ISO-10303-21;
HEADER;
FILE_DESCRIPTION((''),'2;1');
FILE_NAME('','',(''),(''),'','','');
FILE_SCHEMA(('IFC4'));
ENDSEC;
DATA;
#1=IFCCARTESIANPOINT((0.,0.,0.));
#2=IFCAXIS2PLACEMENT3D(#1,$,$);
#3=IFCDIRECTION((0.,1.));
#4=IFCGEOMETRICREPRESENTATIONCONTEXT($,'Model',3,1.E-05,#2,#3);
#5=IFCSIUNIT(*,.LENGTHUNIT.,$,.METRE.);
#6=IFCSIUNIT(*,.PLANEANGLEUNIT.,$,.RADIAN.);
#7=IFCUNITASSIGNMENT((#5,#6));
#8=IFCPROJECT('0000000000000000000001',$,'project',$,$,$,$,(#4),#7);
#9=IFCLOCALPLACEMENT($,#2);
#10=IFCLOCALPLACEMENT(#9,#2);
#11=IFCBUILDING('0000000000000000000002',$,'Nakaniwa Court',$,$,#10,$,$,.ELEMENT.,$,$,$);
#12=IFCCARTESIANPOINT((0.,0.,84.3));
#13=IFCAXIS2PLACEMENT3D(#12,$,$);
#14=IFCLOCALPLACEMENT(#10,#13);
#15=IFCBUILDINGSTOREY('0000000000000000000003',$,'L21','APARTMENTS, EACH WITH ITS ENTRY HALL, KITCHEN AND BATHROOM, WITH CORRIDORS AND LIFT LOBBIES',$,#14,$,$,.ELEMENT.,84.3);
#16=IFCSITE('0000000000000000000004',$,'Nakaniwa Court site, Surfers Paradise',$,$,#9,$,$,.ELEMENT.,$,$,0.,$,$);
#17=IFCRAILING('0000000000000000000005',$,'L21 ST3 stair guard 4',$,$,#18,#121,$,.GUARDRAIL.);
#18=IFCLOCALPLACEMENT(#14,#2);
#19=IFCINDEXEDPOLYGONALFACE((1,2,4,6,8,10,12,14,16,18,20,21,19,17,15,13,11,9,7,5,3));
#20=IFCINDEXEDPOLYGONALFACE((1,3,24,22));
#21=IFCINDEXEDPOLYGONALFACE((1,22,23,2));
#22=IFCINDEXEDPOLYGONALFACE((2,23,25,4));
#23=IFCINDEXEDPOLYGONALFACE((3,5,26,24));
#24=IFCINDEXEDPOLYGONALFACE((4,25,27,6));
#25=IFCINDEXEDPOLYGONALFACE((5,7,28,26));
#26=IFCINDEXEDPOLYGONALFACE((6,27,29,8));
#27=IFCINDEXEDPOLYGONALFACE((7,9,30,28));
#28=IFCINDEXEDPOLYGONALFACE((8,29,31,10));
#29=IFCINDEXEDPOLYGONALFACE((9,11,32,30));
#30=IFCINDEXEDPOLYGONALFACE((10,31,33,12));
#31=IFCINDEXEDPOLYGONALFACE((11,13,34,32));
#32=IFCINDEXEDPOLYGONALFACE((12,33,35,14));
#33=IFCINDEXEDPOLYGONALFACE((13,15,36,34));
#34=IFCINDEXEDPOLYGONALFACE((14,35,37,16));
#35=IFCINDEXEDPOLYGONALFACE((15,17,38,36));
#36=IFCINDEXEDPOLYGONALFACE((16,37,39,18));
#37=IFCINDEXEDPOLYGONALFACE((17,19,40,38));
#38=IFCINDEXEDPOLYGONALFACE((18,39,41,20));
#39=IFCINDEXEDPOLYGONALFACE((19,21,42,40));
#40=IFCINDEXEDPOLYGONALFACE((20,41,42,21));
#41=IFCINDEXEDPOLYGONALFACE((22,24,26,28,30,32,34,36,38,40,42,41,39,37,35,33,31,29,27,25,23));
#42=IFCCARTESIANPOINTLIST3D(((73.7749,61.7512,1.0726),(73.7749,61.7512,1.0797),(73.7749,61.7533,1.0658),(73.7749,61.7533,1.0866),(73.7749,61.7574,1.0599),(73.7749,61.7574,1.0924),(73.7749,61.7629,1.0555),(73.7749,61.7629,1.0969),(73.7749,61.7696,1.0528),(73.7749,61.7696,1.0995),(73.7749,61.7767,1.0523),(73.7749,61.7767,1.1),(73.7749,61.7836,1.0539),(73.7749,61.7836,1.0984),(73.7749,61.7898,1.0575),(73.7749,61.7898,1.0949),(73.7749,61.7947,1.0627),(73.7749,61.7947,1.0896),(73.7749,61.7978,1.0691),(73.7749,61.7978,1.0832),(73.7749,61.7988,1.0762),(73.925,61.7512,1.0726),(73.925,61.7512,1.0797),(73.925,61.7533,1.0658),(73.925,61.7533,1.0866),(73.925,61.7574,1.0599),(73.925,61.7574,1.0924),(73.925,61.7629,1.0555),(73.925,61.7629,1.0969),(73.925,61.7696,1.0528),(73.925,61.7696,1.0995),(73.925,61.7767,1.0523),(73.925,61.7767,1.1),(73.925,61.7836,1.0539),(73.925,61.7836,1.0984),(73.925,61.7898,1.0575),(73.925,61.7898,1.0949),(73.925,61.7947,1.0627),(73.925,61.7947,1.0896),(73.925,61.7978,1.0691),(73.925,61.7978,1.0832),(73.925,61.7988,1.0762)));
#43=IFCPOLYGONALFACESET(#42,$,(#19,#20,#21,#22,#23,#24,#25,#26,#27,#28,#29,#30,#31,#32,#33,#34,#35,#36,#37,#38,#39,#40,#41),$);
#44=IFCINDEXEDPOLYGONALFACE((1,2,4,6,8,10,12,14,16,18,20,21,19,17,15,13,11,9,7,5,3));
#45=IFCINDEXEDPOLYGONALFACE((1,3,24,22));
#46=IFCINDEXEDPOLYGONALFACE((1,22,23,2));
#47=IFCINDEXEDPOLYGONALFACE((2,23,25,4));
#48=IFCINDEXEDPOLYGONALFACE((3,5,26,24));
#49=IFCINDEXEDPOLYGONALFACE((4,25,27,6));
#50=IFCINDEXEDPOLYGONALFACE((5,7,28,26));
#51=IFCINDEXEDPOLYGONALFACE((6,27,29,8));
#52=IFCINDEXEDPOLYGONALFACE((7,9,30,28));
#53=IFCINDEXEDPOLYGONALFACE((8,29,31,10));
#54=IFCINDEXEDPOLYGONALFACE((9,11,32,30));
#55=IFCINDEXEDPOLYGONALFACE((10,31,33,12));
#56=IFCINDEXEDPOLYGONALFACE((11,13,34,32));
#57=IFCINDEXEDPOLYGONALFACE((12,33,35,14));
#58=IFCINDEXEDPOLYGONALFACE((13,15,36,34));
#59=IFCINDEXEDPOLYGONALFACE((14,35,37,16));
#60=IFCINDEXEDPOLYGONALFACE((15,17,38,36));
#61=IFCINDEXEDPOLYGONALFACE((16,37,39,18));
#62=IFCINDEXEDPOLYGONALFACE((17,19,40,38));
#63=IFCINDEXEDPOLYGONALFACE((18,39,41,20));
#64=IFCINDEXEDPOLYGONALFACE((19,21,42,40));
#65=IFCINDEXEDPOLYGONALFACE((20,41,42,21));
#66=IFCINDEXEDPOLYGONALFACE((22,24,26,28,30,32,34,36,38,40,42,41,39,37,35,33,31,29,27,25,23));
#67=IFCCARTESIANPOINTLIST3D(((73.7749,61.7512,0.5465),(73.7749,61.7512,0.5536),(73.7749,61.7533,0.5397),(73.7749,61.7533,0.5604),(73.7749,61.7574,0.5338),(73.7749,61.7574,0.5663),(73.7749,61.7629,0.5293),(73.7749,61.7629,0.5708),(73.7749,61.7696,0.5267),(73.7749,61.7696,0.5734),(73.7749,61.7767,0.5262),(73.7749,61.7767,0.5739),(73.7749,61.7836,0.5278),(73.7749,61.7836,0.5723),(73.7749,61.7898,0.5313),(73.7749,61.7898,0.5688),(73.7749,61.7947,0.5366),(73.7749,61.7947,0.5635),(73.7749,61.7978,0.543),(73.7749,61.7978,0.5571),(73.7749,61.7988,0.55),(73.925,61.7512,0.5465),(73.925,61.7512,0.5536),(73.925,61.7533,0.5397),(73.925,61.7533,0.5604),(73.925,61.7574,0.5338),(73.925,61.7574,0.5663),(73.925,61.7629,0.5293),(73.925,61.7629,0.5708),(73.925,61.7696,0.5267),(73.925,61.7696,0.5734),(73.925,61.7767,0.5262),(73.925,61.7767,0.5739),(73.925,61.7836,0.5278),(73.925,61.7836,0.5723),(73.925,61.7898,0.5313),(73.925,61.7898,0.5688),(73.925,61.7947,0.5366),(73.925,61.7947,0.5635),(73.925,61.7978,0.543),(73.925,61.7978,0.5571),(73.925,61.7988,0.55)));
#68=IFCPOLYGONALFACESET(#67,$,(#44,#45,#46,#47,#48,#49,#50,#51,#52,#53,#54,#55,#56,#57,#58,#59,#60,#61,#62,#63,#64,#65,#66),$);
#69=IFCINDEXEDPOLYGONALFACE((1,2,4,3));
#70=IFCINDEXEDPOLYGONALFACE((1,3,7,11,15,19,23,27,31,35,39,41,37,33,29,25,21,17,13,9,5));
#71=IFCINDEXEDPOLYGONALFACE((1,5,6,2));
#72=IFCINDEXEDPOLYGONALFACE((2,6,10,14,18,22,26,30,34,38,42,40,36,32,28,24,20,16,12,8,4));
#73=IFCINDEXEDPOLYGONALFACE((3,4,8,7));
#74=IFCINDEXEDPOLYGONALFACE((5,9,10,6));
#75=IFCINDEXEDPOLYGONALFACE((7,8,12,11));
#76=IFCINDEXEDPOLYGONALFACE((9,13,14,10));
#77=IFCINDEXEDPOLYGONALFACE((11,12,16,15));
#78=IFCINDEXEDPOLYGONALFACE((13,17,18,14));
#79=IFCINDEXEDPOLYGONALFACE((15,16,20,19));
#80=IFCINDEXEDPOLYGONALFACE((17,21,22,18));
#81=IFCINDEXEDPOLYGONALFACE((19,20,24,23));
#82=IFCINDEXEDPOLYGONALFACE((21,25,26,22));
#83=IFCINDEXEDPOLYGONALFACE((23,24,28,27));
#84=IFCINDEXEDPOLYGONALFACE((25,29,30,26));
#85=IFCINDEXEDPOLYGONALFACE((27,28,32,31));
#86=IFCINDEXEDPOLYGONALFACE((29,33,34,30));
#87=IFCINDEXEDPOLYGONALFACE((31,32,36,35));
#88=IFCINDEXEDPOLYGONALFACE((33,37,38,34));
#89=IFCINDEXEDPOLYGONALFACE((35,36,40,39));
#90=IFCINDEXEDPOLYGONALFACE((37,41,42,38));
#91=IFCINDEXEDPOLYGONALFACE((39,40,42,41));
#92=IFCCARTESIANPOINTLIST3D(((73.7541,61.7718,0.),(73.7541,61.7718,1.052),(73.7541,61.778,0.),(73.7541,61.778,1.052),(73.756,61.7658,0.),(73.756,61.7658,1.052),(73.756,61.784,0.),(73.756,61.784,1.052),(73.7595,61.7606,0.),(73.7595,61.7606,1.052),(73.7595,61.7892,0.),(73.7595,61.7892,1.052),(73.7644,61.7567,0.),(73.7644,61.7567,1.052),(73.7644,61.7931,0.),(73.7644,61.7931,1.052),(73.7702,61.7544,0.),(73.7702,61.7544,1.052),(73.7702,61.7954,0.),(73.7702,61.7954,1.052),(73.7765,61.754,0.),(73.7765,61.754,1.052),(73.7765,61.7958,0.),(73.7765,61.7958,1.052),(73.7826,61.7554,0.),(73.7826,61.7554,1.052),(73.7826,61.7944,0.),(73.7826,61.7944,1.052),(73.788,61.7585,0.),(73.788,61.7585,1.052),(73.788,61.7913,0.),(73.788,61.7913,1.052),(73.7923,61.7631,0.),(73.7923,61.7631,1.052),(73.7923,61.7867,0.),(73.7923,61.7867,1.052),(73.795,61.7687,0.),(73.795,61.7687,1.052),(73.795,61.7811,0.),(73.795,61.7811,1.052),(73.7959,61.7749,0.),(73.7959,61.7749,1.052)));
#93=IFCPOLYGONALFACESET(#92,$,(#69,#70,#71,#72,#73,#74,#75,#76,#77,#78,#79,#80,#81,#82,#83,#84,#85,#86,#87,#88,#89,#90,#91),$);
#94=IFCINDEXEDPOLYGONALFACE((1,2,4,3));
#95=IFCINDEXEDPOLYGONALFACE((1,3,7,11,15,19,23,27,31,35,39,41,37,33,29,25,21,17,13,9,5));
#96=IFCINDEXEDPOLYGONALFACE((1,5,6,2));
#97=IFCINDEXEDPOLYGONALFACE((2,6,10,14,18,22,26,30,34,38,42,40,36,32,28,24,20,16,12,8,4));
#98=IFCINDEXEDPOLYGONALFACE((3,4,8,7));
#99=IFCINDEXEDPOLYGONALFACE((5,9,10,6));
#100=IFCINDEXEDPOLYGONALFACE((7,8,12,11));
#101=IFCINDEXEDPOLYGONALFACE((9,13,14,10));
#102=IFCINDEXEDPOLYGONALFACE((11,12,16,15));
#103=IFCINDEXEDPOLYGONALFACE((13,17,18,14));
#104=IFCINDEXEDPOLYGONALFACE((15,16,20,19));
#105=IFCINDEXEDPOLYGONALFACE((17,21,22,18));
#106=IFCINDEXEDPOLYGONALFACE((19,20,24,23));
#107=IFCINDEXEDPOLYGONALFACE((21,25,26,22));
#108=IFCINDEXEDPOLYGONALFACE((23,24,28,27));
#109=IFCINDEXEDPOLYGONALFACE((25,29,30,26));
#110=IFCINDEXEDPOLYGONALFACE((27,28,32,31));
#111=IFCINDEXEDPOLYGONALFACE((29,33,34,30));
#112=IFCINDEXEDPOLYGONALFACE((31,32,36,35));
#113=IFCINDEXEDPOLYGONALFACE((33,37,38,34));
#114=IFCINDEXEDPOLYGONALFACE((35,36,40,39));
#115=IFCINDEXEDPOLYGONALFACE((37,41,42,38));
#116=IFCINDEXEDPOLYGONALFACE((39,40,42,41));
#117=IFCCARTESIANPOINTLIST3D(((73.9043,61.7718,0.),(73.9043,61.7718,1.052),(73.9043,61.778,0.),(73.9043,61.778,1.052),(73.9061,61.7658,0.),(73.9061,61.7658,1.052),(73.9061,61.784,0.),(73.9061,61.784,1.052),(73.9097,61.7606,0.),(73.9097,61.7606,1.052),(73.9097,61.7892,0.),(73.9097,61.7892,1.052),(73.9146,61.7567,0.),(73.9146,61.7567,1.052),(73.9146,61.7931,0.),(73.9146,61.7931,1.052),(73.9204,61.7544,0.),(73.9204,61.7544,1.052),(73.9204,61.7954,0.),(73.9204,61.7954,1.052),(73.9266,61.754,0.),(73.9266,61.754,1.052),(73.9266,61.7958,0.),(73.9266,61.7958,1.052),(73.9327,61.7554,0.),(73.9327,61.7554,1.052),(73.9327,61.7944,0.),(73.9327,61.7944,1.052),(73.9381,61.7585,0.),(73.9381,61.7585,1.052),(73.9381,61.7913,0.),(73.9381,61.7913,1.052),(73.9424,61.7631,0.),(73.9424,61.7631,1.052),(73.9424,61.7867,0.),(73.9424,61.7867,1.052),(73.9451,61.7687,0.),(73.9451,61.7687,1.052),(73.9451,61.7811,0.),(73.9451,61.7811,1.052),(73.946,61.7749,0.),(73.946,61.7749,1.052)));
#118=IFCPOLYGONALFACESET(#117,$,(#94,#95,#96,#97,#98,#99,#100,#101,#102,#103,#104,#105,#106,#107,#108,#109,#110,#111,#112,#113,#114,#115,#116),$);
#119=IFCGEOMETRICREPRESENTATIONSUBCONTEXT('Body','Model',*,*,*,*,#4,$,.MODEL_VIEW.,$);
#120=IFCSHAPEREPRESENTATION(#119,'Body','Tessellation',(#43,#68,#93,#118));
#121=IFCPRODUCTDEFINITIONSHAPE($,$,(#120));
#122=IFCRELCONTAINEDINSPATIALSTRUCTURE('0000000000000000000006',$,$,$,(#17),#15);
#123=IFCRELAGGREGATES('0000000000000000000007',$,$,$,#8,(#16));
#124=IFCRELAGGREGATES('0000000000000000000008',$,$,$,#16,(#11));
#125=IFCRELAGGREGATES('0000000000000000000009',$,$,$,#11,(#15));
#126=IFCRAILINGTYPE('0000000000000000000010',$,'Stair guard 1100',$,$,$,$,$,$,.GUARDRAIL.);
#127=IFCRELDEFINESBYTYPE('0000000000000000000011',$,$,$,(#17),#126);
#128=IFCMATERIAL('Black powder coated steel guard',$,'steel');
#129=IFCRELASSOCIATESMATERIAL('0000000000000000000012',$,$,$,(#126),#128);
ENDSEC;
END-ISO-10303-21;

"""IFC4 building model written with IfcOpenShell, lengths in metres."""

from ifc_helpers import new_model, si_unit, direction, frame, origin, origin_2d, place, context, subcontext, project, spatial, circle, extrude, material, type_object, element, save


model = new_model("IFC4")

# Units and contexts
model_context = context("Model", 3, precision=1e-05, world=origin(), true_north=direction((0.0, 1.0)))
body_context = subcontext(model_context, "Body", "Model", "MODEL_VIEW")
ifc_project = project(units=[si_unit("LENGTHUNIT", "METRE"), si_unit("PLANEANGLEUNIT", "RADIAN")], contexts=[model_context])

# Site, building, storey
site_placement = place(None, origin())
site = spatial("IfcSite", under=ifc_project, at=site_placement, Name="Nakaniwa Court site, Surfers Paradise", CompositionType="ELEMENT", RefElevation=0.0)
building_placement = place(site_placement, origin())
building = spatial("IfcBuilding", under=site, at=building_placement, Name="Nakaniwa Court", CompositionType="ELEMENT")
storey_placement = place(building_placement, frame((0.0, 0.0, 84.3)))
storey = spatial("IfcBuildingStorey", under=building, at=storey_placement, Name="L21", Description="APARTMENTS, EACH WITH ITS ENTRY HALL, KITCHEN AND BATHROOM, WITH CORRIDORS AND LIFT LOBBIES", CompositionType="ELEMENT", Elevation=84.3)

# Railing
ifc_material_1 = material(Name="Black powder coated steel guard", Category="steel")
railing_type_1 = type_object("IfcRailingType", Name="Stair guard 1100", PredefinedType="GUARDRAIL", material=ifc_material_1)
railing_1_placement = place(storey_placement, frame((73.7749, 61.7749, 0.0)))
element("IfcRailing", 1, at=railing_1_placement, inside=storey, type_object=railing_type_1, Name="L21 ST3 stair guard 4", PredefinedType="GUARDRAIL", context=body_context, shape_type="SweptSolid", body=[
    extrude(circle(Radius=0.0239, at=origin_2d()), frame((0.0, 0.0, 1.0762), z_axis=(1.0, 0.0, 0.0), x_axis=(0.0, 1.0, 0.0)), (0.0, 0.0, 1.0), 0.1501),
    extrude(circle(Radius=0.0239, at=origin_2d()), frame((0.0, 0.0, 0.55), z_axis=(1.0, 0.0, 0.0), x_axis=(0.0, 1.0, 0.0)), (0.0, 0.0, 1.0), 0.1501),
    extrude(circle(Radius=0.021, at=origin_2d()), origin(), (0.0, 0.0, 1.0), 1.052),
    extrude(circle(Radius=0.021, at=origin_2d()), frame((0.1501, 0.0, 0.0)), (0.0, 0.0, 1.0), 1.052),
])

save(model, "model.ifc")
